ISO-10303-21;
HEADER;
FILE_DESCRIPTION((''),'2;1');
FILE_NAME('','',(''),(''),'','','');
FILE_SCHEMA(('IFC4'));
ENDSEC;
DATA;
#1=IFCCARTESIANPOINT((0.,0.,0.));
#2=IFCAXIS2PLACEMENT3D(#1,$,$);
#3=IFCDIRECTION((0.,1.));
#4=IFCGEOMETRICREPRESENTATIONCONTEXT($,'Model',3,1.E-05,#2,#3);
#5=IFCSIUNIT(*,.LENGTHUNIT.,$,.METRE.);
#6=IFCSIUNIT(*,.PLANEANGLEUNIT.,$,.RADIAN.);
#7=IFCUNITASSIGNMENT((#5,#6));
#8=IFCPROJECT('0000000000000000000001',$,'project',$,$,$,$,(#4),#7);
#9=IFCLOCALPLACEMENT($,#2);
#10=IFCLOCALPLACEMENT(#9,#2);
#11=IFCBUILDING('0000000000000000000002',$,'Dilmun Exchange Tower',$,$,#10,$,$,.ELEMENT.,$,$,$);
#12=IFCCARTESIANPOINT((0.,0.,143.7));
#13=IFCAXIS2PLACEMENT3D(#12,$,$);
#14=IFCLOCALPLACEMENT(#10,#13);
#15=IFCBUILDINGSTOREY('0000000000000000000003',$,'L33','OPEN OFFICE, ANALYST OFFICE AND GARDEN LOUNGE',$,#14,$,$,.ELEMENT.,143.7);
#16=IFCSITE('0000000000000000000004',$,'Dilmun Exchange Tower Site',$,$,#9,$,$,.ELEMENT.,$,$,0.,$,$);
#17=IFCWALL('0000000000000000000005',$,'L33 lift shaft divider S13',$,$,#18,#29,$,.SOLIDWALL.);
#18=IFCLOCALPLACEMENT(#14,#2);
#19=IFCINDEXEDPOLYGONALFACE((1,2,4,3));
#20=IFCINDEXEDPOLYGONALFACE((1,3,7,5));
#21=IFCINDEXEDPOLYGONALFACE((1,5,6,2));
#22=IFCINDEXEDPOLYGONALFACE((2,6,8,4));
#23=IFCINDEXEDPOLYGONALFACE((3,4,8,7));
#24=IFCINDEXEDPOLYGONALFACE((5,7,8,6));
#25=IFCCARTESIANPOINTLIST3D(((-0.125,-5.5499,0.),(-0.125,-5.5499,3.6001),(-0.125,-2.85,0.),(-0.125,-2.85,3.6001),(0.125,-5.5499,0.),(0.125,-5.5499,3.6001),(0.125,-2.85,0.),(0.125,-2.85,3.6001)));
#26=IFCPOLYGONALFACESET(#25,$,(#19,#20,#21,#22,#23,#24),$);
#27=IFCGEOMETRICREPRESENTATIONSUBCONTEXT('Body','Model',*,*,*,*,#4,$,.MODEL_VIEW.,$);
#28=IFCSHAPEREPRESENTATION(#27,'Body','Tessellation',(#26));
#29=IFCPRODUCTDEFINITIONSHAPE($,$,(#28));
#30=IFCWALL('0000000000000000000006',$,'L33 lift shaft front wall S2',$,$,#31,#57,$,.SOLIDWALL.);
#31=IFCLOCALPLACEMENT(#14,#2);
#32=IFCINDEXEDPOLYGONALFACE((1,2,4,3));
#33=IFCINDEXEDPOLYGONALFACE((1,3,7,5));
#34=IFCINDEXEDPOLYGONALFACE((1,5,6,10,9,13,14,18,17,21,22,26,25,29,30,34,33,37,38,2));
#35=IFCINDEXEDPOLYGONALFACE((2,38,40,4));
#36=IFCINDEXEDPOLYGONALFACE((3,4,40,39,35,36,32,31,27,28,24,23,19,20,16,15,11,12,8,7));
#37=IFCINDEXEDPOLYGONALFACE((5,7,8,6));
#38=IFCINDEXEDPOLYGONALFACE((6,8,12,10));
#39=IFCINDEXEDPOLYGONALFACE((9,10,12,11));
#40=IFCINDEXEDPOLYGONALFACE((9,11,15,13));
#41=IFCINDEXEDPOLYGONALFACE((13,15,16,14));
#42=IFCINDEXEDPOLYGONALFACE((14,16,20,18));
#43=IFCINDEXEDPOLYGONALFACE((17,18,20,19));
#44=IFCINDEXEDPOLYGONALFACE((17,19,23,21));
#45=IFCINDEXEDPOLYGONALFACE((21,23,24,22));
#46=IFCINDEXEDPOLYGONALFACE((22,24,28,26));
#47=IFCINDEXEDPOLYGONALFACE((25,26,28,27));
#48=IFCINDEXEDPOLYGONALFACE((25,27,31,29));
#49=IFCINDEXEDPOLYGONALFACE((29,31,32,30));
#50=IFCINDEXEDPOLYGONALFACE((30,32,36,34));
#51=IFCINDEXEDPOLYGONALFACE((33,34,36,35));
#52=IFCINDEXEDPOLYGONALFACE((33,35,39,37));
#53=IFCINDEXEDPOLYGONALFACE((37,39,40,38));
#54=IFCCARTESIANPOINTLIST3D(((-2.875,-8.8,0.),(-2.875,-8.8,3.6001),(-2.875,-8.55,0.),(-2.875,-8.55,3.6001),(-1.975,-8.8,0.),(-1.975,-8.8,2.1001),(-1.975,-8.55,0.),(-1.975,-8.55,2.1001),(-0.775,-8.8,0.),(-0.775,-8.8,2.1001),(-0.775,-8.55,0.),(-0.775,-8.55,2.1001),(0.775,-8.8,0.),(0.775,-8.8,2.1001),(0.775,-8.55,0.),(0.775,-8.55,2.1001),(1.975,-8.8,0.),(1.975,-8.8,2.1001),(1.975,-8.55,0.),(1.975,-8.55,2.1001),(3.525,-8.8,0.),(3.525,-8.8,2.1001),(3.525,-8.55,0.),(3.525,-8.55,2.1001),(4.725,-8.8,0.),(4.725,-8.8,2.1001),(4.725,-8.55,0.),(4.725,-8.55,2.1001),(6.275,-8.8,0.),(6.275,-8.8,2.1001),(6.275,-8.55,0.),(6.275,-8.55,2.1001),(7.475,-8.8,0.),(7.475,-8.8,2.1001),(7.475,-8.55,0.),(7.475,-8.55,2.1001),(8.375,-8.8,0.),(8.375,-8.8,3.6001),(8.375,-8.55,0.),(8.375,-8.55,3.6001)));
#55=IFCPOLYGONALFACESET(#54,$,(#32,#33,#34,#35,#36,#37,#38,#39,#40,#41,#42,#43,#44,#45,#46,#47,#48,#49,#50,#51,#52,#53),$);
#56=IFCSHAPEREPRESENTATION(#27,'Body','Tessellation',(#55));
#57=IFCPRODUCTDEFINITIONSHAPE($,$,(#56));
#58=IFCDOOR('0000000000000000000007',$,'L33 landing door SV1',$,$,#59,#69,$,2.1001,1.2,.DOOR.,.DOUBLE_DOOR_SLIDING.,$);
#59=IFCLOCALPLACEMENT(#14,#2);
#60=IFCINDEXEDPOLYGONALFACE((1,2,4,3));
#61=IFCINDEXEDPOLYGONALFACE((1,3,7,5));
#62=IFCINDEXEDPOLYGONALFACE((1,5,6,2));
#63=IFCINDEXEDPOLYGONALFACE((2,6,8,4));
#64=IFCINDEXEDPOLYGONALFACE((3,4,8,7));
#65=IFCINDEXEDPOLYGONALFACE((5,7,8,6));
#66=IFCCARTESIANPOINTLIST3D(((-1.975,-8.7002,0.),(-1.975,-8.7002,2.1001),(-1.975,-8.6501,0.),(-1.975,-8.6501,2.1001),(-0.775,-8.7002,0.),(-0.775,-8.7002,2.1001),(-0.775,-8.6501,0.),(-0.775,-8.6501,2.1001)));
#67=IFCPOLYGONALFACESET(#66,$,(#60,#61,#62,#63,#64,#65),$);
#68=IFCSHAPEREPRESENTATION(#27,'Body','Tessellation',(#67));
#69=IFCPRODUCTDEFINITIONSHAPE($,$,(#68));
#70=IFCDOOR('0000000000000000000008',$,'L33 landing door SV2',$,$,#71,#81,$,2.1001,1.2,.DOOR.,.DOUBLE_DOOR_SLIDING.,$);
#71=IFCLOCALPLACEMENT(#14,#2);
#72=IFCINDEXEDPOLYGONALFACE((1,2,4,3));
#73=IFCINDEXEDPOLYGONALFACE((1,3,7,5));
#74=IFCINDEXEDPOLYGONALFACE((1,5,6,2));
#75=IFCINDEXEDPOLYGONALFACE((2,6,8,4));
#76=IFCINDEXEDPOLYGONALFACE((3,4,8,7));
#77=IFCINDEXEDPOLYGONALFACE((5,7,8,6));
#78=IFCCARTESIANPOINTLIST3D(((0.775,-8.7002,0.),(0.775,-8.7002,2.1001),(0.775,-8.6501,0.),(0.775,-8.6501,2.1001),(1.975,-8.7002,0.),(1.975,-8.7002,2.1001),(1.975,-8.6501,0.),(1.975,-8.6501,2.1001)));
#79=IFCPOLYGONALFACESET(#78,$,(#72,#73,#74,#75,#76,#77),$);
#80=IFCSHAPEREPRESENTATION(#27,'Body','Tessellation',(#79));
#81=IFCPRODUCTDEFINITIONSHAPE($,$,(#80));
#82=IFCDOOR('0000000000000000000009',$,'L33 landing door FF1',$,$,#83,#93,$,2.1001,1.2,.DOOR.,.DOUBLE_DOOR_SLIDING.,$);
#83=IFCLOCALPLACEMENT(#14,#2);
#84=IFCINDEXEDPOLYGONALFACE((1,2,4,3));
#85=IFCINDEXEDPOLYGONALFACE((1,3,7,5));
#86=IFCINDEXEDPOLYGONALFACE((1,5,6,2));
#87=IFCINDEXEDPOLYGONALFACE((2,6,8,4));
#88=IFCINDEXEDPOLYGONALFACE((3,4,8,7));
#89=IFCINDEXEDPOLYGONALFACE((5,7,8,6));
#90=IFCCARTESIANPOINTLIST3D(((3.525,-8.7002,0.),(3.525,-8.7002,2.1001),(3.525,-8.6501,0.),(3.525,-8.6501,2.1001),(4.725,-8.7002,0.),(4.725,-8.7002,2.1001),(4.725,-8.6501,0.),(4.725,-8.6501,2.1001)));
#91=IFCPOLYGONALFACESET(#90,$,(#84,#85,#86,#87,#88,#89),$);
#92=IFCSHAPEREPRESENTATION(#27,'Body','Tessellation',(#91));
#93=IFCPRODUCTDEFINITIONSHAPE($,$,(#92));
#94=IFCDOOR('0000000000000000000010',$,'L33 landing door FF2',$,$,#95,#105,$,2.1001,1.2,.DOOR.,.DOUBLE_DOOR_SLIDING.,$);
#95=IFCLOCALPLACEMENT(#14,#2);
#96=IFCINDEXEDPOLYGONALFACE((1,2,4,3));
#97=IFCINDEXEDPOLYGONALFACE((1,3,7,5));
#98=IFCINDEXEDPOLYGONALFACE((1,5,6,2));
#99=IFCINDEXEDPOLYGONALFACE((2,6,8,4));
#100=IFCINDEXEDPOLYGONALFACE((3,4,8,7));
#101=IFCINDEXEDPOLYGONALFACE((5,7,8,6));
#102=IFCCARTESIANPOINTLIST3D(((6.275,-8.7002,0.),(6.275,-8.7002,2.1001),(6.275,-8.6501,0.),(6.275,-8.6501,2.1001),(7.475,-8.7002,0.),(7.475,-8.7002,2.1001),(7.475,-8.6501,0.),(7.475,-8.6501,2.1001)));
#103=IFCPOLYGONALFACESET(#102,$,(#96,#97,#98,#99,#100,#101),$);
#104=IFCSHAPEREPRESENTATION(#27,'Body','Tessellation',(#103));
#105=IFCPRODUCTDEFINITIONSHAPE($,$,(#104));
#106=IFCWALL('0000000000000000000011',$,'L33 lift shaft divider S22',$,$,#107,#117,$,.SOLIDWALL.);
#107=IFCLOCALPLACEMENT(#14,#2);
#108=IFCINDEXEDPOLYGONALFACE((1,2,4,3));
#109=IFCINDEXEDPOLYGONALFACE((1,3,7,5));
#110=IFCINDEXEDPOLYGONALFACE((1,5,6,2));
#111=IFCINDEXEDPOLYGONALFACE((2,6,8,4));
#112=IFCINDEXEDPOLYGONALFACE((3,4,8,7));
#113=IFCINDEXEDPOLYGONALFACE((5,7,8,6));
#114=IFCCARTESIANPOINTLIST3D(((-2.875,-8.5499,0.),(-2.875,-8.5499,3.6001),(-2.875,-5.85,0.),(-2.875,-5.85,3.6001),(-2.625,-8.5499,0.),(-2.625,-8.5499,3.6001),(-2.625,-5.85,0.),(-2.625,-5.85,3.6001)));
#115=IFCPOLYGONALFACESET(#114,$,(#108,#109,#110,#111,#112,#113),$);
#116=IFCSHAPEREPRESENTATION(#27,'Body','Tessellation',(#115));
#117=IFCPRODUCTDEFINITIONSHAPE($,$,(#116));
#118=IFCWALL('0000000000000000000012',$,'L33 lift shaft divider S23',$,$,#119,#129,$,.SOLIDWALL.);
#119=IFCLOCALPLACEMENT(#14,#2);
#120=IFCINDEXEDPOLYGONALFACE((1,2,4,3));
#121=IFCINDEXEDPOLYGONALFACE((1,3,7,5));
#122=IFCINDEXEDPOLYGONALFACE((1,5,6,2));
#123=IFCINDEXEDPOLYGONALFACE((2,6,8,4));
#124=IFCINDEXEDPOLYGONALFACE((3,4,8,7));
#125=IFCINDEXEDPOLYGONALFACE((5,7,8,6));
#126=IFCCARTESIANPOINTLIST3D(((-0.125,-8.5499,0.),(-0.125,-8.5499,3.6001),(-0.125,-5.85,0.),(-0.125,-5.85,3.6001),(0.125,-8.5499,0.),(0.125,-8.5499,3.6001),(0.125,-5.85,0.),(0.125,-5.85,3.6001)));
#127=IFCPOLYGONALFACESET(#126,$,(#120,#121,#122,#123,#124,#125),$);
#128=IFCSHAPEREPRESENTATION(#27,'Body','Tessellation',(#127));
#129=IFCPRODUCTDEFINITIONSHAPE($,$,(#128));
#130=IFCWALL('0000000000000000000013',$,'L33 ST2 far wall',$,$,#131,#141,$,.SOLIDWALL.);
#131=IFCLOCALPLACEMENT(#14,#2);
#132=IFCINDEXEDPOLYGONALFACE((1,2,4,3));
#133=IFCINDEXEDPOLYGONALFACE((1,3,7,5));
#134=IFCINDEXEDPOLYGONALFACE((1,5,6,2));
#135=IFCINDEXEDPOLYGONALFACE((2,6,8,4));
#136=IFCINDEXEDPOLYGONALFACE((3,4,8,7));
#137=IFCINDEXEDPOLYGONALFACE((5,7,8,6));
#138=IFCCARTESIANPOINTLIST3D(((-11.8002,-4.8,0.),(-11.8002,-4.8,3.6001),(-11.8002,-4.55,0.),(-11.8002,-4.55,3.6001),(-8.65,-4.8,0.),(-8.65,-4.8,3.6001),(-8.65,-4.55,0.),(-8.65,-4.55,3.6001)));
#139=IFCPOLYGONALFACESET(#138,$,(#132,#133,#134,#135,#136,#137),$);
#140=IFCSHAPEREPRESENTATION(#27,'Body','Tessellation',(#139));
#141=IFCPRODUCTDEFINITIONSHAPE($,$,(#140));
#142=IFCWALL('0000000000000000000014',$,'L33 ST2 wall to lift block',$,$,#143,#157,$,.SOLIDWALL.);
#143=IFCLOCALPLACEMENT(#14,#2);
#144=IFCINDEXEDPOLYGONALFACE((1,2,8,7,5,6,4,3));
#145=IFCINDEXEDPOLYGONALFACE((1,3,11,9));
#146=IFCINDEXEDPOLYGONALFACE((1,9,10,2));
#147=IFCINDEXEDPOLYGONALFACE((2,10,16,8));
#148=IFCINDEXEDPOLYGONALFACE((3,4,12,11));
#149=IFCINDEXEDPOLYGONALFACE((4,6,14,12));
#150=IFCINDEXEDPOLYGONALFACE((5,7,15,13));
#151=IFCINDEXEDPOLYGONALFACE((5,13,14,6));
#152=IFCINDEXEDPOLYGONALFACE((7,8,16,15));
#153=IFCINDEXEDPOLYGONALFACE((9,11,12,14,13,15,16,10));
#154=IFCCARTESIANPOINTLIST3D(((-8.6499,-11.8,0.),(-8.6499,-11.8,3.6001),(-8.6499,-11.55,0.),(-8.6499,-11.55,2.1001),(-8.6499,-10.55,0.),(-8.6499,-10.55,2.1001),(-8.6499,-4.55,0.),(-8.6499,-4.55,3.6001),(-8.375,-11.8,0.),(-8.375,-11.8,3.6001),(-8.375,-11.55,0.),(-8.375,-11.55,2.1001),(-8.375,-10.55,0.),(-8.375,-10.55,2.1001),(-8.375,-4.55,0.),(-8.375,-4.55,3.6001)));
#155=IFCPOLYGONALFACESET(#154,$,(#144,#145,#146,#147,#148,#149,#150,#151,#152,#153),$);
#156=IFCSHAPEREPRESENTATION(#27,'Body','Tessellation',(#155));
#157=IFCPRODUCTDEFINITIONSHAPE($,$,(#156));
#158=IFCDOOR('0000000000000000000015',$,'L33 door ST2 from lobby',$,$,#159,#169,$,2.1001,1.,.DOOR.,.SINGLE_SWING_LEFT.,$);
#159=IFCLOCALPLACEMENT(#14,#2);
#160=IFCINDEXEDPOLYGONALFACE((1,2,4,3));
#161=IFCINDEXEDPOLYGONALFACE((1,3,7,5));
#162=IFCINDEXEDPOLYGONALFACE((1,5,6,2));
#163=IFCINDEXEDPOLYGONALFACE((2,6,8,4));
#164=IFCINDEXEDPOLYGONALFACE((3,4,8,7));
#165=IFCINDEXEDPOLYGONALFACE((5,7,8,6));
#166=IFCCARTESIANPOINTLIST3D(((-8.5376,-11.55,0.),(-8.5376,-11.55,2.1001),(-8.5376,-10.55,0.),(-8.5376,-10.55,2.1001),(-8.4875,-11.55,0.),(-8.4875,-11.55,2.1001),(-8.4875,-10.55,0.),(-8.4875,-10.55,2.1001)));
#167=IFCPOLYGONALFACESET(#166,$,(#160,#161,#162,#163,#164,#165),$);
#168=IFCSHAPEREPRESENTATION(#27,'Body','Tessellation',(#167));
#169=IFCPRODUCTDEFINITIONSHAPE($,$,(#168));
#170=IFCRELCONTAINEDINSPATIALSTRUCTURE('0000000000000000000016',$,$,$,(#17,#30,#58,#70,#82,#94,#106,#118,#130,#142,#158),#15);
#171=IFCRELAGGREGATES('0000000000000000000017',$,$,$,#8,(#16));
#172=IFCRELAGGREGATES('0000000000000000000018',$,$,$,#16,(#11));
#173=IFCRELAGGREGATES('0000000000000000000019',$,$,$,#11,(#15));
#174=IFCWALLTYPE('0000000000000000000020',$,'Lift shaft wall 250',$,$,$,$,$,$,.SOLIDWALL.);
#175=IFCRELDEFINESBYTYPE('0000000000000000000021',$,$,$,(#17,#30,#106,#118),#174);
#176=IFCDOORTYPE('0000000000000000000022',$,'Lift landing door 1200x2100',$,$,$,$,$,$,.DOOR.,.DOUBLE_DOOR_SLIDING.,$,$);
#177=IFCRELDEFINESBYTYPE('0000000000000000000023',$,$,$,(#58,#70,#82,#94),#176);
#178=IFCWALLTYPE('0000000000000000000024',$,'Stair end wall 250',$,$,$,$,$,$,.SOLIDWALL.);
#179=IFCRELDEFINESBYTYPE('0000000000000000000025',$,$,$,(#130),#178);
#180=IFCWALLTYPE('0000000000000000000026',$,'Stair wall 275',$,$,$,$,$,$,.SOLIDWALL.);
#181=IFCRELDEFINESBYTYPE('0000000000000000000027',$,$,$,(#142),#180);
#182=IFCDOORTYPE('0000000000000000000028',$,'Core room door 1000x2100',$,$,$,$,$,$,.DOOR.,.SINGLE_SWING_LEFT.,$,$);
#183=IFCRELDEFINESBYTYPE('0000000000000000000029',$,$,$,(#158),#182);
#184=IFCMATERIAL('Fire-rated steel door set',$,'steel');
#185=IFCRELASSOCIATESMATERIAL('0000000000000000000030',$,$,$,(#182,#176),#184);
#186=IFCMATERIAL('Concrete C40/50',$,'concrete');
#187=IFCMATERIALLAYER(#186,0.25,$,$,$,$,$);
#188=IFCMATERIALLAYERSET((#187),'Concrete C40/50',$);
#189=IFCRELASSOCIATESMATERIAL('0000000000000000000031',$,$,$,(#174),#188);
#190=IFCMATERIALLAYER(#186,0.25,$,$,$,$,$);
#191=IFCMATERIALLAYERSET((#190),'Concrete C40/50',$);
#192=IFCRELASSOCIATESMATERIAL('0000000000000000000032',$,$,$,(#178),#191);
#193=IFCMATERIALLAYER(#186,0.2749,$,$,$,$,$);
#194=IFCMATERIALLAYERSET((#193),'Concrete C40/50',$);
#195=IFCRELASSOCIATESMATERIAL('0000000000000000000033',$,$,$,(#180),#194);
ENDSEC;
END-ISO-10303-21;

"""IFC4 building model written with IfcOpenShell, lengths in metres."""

from ifc_helpers import new_model, si_unit, direction, frame, frame_2d, origin, place, context, subcontext, project, spatial, rectangle, extrude, material, layer, layer_set, type_object, element, fill, save


model = new_model("IFC4")

# Units and contexts
model_context = context("Model", 3, precision=1e-05, world=origin(), true_north=direction((0.0, 1.0)))
body_context = subcontext(model_context, "Body", "Model", "MODEL_VIEW")
ifc_project = project(units=[si_unit("LENGTHUNIT", "METRE"), si_unit("PLANEANGLEUNIT", "RADIAN")], contexts=[model_context])

# Site, building, storey
site_placement = place(None, origin())
site = spatial("IfcSite", under=ifc_project, at=site_placement, Name="Dilmun Exchange Tower Site", CompositionType="ELEMENT", RefElevation=0.0)
building_placement = place(site_placement, origin())
building = spatial("IfcBuilding", under=site, at=building_placement, Name="Dilmun Exchange Tower", CompositionType="ELEMENT")
storey_placement = place(building_placement, frame((0.0, 0.0, 143.7)))
storey = spatial("IfcBuildingStorey", under=building, at=storey_placement, Name="L33", Description="OPEN OFFICE, ANALYST OFFICE AND GARDEN LOUNGE", CompositionType="ELEMENT", Elevation=143.7)

# Shared definitions
ifc_material_1 = material(Name="Concrete C40/50", Category="concrete")
ifc_material_2 = material(Name="Fire-rated steel door set", Category="steel")

# Shared definitions
door_type_1 = type_object("IfcDoorType", Name="Core room door 1000x2100", OperationType="SINGLE_SWING_LEFT", PredefinedType="DOOR", material=ifc_material_2)

# Wall
ifc_layer_1 = layer(ifc_material_1, 0.25)
ifc_layer_set_1 = layer_set([ifc_layer_1], Name="Concrete C40/50")
wall_type_1 = type_object("IfcWallType", Name="Lift shaft wall 250", PredefinedType="SOLIDWALL", material=ifc_layer_set_1)
for number, where, z_axis, x_axis, name in (
    (1, (0.0, -5.55, 0.0), (0.0, 0.0, 1.0), (0.0, 1.0, 0.0), "L33 lift shaft divider S13"),
):
    element("IfcWall", number, at=place(storey_placement, frame(where, z_axis=z_axis, x_axis=x_axis)), inside=storey, type_object=wall_type_1, Name=name, PredefinedType="SOLIDWALL", context=body_context, shape_type="SweptSolid", body=[
        extrude(rectangle(XDim=2.7, YDim=0.25, at=frame_2d((1.3501, 0.0))), origin(), (0.0, 0.0, 1.0), 3.6001),
    ])

# Wall, openings, doors
wall_1_placement = place(storey_placement, frame((-2.875, -8.675, 0.0), z_axis=(0.0, 0.0, 1.0), x_axis=(1.0, 0.0, 0.0)))
wall_1 = element("IfcWall", 2, at=wall_1_placement, inside=storey, type_object=wall_type_1, Name="L33 lift shaft front wall S2", PredefinedType="SOLIDWALL", context=body_context, shape_type="SweptSolid", body=[
    extrude(rectangle(XDim=11.25, YDim=0.25, at=frame_2d((5.625, 0.0))), origin(), (0.0, 0.0, 1.0), 3.6001),
])
opening_1_placement = place(wall_1_placement, frame((0.8999, 0.0, 0.0)))
opening_1 = element("IfcOpeningElement", 3, at=opening_1_placement, cuts=wall_1, PredefinedType="OPENING", context=body_context, shape_type="SweptSolid", body=[
    extrude(rectangle(XDim=1.2, YDim=2.1001, at=frame_2d((0.6001, 1.05))), frame((0.0, 0.135, 0.0), z_axis=(0.0, -1.0, 0.0), x_axis=(1.0, 0.0, 0.0)), (0.0, 0.0, 1.0), 0.27),
])
opening_2_placement = place(wall_1_placement, frame((3.6499, 0.0, 0.0)))
opening_2 = element("IfcOpeningElement", 4, at=opening_2_placement, cuts=wall_1, PredefinedType="OPENING", context=body_context, shape_type="SweptSolid", body=[
    extrude(rectangle(XDim=1.2, YDim=2.1001, at=frame_2d((0.6001, 1.05))), frame((0.0, 0.135, 0.0), z_axis=(0.0, -1.0, 0.0), x_axis=(1.0, 0.0, 0.0)), (0.0, 0.0, 1.0), 0.27),
])
opening_3_placement = place(wall_1_placement, frame((6.3999, 0.0, 0.0)))
opening_3 = element("IfcOpeningElement", 5, at=opening_3_placement, cuts=wall_1, PredefinedType="OPENING", context=body_context, shape_type="SweptSolid", body=[
    extrude(rectangle(XDim=1.2, YDim=2.1001, at=frame_2d((0.6001, 1.05))), frame((0.0, 0.135, 0.0), z_axis=(0.0, -1.0, 0.0), x_axis=(1.0, 0.0, 0.0)), (0.0, 0.0, 1.0), 0.27),
])
opening_4_placement = place(wall_1_placement, frame((9.1499, 0.0, 0.0)))
opening_4 = element("IfcOpeningElement", 6, at=opening_4_placement, cuts=wall_1, PredefinedType="OPENING", context=body_context, shape_type="SweptSolid", body=[
    extrude(rectangle(XDim=1.2, YDim=2.1001, at=frame_2d((0.6001, 1.05))), frame((0.0, 0.135, 0.0), z_axis=(0.0, -1.0, 0.0), x_axis=(1.0, 0.0, 0.0)), (0.0, 0.0, 1.0), 0.27),
])
door_type_2 = type_object("IfcDoorType", Name="Lift landing door 1200x2100", OperationType="DOUBLE_DOOR_SLIDING", PredefinedType="DOOR", material=ifc_material_2)
door_1_placement = place(opening_1_placement, origin())
door_1 = element("IfcDoor", 7, at=door_1_placement, inside=storey, type_object=door_type_2, Name="L33 landing door SV1", OperationType="DOUBLE_DOOR_SLIDING", OverallHeight=2.1001, OverallWidth=1.2, PredefinedType="DOOR", context=body_context, shape_type="SweptSolid", body=[
    extrude(rectangle(XDim=1.2, YDim=2.1001, at=frame_2d((0.6001, 1.05))), frame((0.0, 0.0249, 0.0), z_axis=(0.0, -1.0, 0.0), x_axis=(1.0, 0.0, 0.0)), (0.0, 0.0, 1.0), 0.05),
])
fill(opening_1, door_1)
door_2_placement = place(opening_2_placement, origin())
door_2 = element("IfcDoor", 8, at=door_2_placement, inside=storey, type_object=door_type_2, Name="L33 landing door SV2", OperationType="DOUBLE_DOOR_SLIDING", OverallHeight=2.1001, OverallWidth=1.2, PredefinedType="DOOR", context=body_context, shape_type="SweptSolid", body=[
    extrude(rectangle(XDim=1.2, YDim=2.1001, at=frame_2d((0.6001, 1.05))), frame((0.0, 0.0249, 0.0), z_axis=(0.0, -1.0, 0.0), x_axis=(1.0, 0.0, 0.0)), (0.0, 0.0, 1.0), 0.05),
])
fill(opening_2, door_2)
door_3_placement = place(opening_3_placement, origin())
door_3 = element("IfcDoor", 9, at=door_3_placement, inside=storey, type_object=door_type_2, Name="L33 landing door FF1", OperationType="DOUBLE_DOOR_SLIDING", OverallHeight=2.1001, OverallWidth=1.2, PredefinedType="DOOR", context=body_context, shape_type="SweptSolid", body=[
    extrude(rectangle(XDim=1.2, YDim=2.1001, at=frame_2d((0.6001, 1.05))), frame((0.0, 0.0249, 0.0), z_axis=(0.0, -1.0, 0.0), x_axis=(1.0, 0.0, 0.0)), (0.0, 0.0, 1.0), 0.05),
])
fill(opening_3, door_3)
door_4_placement = place(opening_4_placement, origin())
door_4 = element("IfcDoor", 10, at=door_4_placement, inside=storey, type_object=door_type_2, Name="L33 landing door FF2", OperationType="DOUBLE_DOOR_SLIDING", OverallHeight=2.1001, OverallWidth=1.2, PredefinedType="DOOR", context=body_context, shape_type="SweptSolid", body=[
    extrude(rectangle(XDim=1.2, YDim=2.1001, at=frame_2d((0.6001, 1.05))), frame((0.0, 0.0249, 0.0), z_axis=(0.0, -1.0, 0.0), x_axis=(1.0, 0.0, 0.0)), (0.0, 0.0, 1.0), 0.05),
])
fill(opening_4, door_4)

# Walls
for number, where, z_axis, x_axis, name in (
    (11, (-2.75, -8.55, 0.0), (0.0, 0.0, 1.0), (0.0, 1.0, 0.0), "L33 lift shaft divider S22"),
    (12, (0.0, -8.55, 0.0), (0.0, 0.0, 1.0), (0.0, 1.0, 0.0), "L33 lift shaft divider S23"),
):
    element("IfcWall", number, at=place(storey_placement, frame(where, z_axis=z_axis, x_axis=x_axis)), inside=storey, type_object=wall_type_1, Name=name, PredefinedType="SOLIDWALL", context=body_context, shape_type="SweptSolid", body=[
        extrude(rectangle(XDim=2.7, YDim=0.25, at=frame_2d((1.3501, 0.0))), origin(), (0.0, 0.0, 1.0), 3.6001),
    ])
ifc_layer_2 = layer(ifc_material_1, 0.25)
ifc_layer_set_2 = layer_set([ifc_layer_2], Name="Concrete C40/50")
wall_type_2 = type_object("IfcWallType", Name="Stair end wall 250", PredefinedType="SOLIDWALL", material=ifc_layer_set_2)
wall_2_placement = place(storey_placement, frame((-8.6499, -4.675, 0.0), z_axis=(0.0, 0.0, 1.0), x_axis=(-1.0, 0.0, 0.0)))
element("IfcWall", 13, at=wall_2_placement, inside=storey, type_object=wall_type_2, Name="L33 ST2 far wall", PredefinedType="SOLIDWALL", context=body_context, shape_type="SweptSolid", body=[
    extrude(rectangle(XDim=3.1501, YDim=0.25, at=frame_2d((1.5752, 0.0))), origin(), (0.0, 0.0, 1.0), 3.6001),
])

# Wall, opening, door
ifc_layer_3 = layer(ifc_material_1, 0.2749)
ifc_layer_set_3 = layer_set([ifc_layer_3], Name="Concrete C40/50")
wall_type_3 = type_object("IfcWallType", Name="Stair wall 275", PredefinedType="SOLIDWALL", material=ifc_layer_set_3)
wall_3_placement = place(storey_placement, frame((-8.5125, -4.55, 0.0), z_axis=(0.0, 0.0, 1.0), x_axis=(0.0, -1.0, 0.0)))
wall_3 = element("IfcWall", 14, at=wall_3_placement, inside=storey, type_object=wall_type_3, Name="L33 ST2 wall to lift block", PredefinedType="SOLIDWALL", context=body_context, shape_type="SweptSolid", body=[
    extrude(rectangle(XDim=7.25, YDim=0.2749, at=frame_2d((3.625, 0.0))), origin(), (0.0, 0.0, 1.0), 3.6001),
])
opening_5_placement = place(wall_3_placement, frame((6.0, 0.0, 0.0)))
opening_5 = element("IfcOpeningElement", 15, at=opening_5_placement, cuts=wall_3, PredefinedType="OPENING", context=body_context, shape_type="SweptSolid", body=[
    extrude(rectangle(XDim=1.0, YDim=2.1001, at=frame_2d((0.5, 1.05))), frame((0.0, 0.1475, 0.0), z_axis=(0.0, -1.0, 0.0), x_axis=(1.0, 0.0, 0.0)), (0.0, 0.0, 1.0), 0.2949),
])
door_5_placement = place(opening_5_placement, origin())
door_5 = element("IfcDoor", 16, at=door_5_placement, inside=storey, type_object=door_type_1, Name="L33 door ST2 from lobby", OperationType="SINGLE_SWING_LEFT", OverallHeight=2.1001, OverallWidth=1.0, PredefinedType="DOOR", context=body_context, shape_type="SweptSolid", body=[
    extrude(rectangle(XDim=1.0, YDim=2.1001, at=frame_2d((0.5, 1.05))), frame((0.0, 0.0249, 0.0), z_axis=(0.0, -1.0, 0.0), x_axis=(1.0, 0.0, 0.0)), (0.0, 0.0, 1.0), 0.05),
])
fill(opening_5, door_5)

save(model, "model.ifc")
